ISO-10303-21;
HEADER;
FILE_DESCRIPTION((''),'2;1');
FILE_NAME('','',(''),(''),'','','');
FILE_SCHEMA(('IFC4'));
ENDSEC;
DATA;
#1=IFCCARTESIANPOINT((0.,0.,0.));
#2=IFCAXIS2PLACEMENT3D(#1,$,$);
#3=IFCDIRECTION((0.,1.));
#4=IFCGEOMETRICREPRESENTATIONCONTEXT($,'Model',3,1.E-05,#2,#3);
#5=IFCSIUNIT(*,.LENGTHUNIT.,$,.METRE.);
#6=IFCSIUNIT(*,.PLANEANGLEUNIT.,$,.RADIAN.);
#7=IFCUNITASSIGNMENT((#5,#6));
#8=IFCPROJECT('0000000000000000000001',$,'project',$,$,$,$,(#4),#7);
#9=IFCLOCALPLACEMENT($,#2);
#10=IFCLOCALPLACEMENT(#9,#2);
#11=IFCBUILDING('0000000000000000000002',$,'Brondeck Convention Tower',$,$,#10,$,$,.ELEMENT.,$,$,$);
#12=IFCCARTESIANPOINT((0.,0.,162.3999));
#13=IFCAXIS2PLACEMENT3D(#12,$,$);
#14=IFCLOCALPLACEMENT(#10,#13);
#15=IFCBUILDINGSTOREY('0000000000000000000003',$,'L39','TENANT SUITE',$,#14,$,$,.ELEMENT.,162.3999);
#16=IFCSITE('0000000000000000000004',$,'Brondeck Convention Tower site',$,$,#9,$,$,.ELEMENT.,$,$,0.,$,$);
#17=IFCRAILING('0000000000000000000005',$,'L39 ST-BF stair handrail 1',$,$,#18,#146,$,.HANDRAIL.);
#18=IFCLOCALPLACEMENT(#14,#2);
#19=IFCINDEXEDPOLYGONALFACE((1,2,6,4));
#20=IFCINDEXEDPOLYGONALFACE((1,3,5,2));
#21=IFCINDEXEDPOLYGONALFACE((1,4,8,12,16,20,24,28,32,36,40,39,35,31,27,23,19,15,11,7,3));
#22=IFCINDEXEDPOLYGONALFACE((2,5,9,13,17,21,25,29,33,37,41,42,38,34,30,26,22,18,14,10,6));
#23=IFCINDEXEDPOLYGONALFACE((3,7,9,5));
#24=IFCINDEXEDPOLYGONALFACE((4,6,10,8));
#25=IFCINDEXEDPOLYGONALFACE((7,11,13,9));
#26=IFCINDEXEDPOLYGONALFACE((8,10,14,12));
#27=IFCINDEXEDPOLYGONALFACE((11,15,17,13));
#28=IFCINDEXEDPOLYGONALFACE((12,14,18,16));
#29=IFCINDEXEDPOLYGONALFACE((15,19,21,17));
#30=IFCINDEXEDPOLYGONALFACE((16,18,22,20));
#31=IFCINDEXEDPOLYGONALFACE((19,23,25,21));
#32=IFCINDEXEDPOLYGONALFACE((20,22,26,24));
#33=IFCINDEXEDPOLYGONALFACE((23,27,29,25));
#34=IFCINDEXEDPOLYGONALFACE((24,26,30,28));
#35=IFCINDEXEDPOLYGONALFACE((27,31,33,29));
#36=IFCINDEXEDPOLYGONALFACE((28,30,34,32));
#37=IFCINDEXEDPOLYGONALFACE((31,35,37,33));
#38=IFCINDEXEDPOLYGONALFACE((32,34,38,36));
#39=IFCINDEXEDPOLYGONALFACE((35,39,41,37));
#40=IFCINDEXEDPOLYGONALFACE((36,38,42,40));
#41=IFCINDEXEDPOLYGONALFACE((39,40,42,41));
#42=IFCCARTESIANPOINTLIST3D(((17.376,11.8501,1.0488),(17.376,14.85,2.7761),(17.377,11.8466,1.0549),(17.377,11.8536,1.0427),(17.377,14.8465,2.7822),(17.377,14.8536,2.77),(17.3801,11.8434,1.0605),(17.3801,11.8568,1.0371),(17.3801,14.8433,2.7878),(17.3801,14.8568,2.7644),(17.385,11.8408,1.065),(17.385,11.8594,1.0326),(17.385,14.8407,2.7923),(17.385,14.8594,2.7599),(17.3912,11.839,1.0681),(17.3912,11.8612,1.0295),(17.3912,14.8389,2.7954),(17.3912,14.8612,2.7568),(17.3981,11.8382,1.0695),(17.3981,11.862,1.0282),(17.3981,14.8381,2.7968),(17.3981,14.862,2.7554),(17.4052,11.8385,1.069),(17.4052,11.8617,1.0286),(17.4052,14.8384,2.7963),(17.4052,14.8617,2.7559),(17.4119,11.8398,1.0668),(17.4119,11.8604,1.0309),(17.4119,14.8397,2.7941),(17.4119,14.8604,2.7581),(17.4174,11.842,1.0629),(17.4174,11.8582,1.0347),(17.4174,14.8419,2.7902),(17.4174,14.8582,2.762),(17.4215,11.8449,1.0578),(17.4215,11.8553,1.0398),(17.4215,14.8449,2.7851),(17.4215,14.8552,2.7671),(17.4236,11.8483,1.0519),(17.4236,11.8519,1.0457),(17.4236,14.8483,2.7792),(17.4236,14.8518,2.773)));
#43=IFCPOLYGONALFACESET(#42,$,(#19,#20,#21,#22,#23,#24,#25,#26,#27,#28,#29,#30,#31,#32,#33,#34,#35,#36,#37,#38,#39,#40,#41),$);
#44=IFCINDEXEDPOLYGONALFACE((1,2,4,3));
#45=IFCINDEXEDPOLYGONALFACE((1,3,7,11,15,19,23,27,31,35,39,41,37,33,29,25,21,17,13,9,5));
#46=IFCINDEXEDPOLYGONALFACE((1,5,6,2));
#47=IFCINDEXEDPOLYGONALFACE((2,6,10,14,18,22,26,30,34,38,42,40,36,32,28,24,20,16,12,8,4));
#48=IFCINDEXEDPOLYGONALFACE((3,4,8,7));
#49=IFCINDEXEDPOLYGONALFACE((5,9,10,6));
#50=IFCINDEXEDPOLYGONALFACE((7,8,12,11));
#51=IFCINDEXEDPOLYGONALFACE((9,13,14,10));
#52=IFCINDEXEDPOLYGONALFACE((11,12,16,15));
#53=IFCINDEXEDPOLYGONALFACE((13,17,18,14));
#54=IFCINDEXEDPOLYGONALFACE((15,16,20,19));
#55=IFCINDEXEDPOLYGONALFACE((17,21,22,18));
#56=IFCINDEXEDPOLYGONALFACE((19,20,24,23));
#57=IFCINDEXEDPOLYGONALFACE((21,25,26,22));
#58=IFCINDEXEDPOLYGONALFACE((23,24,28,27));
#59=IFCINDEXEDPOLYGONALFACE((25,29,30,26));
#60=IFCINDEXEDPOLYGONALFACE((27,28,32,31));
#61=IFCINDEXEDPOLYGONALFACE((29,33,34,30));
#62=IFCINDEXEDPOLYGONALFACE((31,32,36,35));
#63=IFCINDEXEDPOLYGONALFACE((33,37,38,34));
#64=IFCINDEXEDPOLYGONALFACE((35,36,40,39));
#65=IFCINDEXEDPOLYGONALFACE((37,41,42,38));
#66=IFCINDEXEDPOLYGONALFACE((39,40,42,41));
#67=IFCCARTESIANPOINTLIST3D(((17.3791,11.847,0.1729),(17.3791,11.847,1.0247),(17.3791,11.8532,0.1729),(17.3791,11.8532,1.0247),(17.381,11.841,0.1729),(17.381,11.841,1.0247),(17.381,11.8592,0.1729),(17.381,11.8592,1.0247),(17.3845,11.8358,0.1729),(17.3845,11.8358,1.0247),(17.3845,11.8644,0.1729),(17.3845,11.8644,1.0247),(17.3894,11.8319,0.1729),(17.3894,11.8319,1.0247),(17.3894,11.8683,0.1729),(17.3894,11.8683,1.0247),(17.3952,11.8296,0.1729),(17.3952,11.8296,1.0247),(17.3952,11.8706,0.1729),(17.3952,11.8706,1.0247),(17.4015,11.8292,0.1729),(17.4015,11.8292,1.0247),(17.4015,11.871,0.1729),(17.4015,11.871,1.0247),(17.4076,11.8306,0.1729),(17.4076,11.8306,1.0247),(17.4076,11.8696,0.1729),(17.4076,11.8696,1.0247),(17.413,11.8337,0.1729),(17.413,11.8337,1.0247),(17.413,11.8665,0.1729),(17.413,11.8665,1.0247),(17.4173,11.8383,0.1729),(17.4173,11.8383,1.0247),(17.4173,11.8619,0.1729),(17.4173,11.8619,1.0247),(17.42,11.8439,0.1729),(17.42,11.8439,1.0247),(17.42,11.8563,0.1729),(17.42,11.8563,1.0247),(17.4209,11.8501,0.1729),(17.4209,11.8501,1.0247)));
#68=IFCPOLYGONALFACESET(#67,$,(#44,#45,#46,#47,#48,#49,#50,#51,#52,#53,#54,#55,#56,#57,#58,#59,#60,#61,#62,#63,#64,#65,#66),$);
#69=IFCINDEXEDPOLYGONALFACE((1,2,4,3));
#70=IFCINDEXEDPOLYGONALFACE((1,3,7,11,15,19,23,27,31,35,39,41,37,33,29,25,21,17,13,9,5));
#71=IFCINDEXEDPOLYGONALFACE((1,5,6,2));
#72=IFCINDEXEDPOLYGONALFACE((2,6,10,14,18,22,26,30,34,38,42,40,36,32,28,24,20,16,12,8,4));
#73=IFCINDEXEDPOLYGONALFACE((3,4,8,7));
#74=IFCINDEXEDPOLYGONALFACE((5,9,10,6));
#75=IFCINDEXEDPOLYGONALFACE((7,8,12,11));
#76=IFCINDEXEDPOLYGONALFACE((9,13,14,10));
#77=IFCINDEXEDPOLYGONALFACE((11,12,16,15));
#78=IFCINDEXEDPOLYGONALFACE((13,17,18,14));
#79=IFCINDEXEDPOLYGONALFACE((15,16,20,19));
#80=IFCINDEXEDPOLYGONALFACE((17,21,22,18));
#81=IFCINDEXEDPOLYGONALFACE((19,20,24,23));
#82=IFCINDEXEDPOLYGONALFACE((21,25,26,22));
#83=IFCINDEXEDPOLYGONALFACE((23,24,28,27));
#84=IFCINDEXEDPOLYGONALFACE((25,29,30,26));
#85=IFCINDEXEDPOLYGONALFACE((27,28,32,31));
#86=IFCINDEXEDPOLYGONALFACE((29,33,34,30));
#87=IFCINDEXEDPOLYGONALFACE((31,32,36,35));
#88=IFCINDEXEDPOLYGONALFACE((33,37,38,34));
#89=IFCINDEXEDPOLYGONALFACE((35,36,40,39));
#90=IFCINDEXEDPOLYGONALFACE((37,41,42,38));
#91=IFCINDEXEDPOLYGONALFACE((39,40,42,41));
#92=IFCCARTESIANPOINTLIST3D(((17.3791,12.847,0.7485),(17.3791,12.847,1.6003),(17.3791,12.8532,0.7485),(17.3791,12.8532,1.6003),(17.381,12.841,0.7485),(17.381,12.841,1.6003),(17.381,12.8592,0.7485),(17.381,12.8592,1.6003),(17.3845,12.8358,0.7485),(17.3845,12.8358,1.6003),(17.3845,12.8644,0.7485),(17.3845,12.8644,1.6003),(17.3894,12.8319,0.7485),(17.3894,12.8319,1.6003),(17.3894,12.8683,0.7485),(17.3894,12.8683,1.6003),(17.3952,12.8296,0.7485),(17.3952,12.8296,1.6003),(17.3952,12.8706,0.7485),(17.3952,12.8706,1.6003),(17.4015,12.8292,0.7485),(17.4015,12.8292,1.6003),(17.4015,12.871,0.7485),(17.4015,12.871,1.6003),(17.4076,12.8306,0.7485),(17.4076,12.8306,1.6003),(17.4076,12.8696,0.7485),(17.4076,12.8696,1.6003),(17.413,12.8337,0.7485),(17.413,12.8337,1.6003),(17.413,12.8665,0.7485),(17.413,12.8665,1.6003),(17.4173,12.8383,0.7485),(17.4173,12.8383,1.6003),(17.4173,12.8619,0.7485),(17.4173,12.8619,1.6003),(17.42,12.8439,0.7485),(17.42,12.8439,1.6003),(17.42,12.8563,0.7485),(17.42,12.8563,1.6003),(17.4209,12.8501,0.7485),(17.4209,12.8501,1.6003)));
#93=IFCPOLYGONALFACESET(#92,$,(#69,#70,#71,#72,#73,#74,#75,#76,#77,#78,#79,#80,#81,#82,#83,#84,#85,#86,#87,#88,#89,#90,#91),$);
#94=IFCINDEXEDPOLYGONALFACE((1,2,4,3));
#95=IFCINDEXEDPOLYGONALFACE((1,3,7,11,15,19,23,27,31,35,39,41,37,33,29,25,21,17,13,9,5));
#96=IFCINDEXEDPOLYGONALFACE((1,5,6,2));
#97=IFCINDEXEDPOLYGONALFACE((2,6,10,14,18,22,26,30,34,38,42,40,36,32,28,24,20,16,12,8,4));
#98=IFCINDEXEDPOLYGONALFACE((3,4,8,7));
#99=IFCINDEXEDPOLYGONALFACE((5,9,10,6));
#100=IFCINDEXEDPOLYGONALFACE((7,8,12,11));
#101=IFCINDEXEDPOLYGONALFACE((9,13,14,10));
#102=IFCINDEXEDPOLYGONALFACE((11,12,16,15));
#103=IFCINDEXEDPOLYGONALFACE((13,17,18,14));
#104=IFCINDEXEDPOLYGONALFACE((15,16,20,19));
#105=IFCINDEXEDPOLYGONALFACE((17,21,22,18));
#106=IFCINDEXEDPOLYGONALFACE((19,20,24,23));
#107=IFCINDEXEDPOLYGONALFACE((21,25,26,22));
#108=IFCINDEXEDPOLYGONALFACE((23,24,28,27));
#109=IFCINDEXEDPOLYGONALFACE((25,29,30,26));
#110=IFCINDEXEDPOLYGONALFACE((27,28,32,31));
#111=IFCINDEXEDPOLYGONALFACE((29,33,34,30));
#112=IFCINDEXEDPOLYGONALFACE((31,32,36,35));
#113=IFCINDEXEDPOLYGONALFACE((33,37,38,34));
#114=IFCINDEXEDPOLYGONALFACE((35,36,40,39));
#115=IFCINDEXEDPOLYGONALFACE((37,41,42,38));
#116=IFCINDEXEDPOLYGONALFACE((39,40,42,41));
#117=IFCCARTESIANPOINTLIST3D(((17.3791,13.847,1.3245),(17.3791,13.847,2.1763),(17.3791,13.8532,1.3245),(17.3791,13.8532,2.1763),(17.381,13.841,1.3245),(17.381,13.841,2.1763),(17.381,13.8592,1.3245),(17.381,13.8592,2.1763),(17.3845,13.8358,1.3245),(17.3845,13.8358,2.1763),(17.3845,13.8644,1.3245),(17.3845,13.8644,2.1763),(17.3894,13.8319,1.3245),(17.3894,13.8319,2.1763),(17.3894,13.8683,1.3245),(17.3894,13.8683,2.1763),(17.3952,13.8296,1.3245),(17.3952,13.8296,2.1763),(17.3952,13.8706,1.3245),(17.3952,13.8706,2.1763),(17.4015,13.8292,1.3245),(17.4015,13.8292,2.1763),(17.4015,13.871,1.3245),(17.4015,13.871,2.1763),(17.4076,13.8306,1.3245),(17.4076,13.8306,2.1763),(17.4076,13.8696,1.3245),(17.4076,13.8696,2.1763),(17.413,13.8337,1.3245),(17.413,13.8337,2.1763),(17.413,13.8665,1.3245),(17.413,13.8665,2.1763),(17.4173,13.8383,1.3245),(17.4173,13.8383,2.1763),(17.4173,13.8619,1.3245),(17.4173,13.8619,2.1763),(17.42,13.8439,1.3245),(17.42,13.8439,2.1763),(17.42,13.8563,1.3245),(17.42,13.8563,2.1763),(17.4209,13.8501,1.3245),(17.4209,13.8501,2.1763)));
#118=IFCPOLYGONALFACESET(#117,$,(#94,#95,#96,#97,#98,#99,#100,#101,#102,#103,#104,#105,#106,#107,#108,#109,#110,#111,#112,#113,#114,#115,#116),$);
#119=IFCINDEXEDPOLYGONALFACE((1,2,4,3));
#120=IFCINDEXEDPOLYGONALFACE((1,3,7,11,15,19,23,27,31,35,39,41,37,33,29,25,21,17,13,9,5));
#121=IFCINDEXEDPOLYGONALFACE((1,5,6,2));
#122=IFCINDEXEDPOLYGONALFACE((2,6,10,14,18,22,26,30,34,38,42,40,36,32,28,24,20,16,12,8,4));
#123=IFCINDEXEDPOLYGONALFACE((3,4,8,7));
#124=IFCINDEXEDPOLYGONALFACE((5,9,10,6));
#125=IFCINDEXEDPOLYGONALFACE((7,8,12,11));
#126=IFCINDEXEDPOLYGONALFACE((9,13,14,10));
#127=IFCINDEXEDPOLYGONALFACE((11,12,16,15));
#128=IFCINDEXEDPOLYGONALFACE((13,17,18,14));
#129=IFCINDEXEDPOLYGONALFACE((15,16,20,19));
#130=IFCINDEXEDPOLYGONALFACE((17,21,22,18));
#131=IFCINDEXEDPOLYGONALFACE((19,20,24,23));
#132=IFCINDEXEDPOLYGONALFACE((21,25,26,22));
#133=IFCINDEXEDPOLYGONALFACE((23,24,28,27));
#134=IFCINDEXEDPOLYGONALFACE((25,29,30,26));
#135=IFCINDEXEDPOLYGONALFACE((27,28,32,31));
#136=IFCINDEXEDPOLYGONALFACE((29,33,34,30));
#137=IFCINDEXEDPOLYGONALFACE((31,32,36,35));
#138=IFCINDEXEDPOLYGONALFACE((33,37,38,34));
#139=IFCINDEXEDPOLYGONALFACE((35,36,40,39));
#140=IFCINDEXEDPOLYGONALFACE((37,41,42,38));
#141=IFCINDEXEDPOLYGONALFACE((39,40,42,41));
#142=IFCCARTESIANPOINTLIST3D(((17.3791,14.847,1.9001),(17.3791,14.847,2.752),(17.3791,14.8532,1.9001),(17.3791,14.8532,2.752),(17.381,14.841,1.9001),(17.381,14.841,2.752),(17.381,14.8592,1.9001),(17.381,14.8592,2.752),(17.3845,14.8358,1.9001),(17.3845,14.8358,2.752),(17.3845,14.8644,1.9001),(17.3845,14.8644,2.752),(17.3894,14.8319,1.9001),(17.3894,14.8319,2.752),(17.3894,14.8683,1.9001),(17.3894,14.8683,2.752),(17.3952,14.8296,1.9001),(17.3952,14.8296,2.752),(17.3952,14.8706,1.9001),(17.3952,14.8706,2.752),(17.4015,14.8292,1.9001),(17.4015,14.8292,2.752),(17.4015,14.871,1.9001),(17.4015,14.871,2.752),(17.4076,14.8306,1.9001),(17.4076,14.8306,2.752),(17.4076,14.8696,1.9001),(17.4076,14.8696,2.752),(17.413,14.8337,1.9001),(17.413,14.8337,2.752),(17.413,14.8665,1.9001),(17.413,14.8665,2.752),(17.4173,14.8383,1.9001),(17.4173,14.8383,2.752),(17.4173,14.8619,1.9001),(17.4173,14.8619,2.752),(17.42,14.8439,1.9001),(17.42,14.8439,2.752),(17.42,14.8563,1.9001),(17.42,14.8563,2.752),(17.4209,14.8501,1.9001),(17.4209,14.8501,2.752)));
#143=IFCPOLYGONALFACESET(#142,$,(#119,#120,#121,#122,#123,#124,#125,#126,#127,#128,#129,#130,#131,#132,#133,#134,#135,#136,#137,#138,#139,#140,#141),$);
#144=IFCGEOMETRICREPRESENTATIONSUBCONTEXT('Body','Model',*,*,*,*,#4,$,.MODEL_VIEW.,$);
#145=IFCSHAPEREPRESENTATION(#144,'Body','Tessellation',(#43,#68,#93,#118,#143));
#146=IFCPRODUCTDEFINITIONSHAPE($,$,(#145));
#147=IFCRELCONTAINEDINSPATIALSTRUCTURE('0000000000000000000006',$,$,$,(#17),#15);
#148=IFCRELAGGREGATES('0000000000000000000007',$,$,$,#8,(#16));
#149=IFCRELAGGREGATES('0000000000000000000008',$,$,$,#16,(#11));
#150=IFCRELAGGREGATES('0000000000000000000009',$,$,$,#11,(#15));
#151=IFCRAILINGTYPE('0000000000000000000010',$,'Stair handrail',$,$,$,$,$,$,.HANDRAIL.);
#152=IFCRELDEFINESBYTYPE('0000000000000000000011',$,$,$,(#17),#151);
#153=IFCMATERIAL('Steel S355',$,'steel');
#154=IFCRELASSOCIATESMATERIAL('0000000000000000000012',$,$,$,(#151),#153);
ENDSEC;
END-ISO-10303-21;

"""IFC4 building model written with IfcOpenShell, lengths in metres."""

from ifc_helpers import new_model, si_unit, direction, frame, origin, origin_2d, place, context, subcontext, project, spatial, circle, extrude, material, type_object, element, save


model = new_model("IFC4")

# Units and contexts
model_context = context("Model", 3, precision=1e-05, world=origin(), true_north=direction((0.0, 1.0)))
body_context = subcontext(model_context, "Body", "Model", "MODEL_VIEW")
ifc_project = project(units=[si_unit("LENGTHUNIT", "METRE"), si_unit("PLANEANGLEUNIT", "RADIAN")], contexts=[model_context])

# Site, building, storey
site_placement = place(None, origin())
site = spatial("IfcSite", under=ifc_project, at=site_placement, Name="Brondeck Convention Tower site", CompositionType="ELEMENT", RefElevation=0.0)
building_placement = place(site_placement, origin())
building = spatial("IfcBuilding", under=site, at=building_placement, Name="Brondeck Convention Tower", CompositionType="ELEMENT")
storey_placement = place(building_placement, frame((0.0, 0.0, 162.3999)))
storey = spatial("IfcBuildingStorey", under=building, at=storey_placement, Name="L39", Description="TENANT SUITE", CompositionType="ELEMENT", Elevation=162.3999)

# Shared definitions
ifc_material_1 = material(Name="Steel S355", Category="steel")

# Railing
railing_type_1 = type_object("IfcRailingType", Name="Stair handrail", PredefinedType="HANDRAIL", material=ifc_material_1)
railing_1_placement = place(storey_placement, frame((17.3999, 11.8501, 0.1729)))
element("IfcRailing", 1, at=railing_1_placement, inside=storey, type_object=railing_type_1, Name="L39 ST-BF stair handrail 1", PredefinedType="HANDRAIL", context=body_context, shape_type="SweptSolid", body=[
    extrude(circle(Radius=0.0239, at=origin_2d()), frame((0.0, 0.0, 0.876), z_axis=(0.0, 0.86662, 0.498969), x_axis=(-1.0, 0.0, 0.0)), (0.0, 0.0, 1.0), 3.4617),
    extrude(circle(Radius=0.021, at=origin_2d()), origin(), (0.0, 0.0, 1.0), 0.8518),
    extrude(circle(Radius=0.021, at=origin_2d()), frame((0.0, 1.0, 0.5757)), (0.0, 0.0, 1.0), 0.8518),
    extrude(circle(Radius=0.021, at=origin_2d()), frame((0.0, 2.0, 1.1516)), (0.0, 0.0, 1.0), 0.8518),
    extrude(circle(Radius=0.021, at=origin_2d()), frame((0.0, 3.0, 1.7273)), (0.0, 0.0, 1.0), 0.8518),
])

save(model, "model.ifc")
